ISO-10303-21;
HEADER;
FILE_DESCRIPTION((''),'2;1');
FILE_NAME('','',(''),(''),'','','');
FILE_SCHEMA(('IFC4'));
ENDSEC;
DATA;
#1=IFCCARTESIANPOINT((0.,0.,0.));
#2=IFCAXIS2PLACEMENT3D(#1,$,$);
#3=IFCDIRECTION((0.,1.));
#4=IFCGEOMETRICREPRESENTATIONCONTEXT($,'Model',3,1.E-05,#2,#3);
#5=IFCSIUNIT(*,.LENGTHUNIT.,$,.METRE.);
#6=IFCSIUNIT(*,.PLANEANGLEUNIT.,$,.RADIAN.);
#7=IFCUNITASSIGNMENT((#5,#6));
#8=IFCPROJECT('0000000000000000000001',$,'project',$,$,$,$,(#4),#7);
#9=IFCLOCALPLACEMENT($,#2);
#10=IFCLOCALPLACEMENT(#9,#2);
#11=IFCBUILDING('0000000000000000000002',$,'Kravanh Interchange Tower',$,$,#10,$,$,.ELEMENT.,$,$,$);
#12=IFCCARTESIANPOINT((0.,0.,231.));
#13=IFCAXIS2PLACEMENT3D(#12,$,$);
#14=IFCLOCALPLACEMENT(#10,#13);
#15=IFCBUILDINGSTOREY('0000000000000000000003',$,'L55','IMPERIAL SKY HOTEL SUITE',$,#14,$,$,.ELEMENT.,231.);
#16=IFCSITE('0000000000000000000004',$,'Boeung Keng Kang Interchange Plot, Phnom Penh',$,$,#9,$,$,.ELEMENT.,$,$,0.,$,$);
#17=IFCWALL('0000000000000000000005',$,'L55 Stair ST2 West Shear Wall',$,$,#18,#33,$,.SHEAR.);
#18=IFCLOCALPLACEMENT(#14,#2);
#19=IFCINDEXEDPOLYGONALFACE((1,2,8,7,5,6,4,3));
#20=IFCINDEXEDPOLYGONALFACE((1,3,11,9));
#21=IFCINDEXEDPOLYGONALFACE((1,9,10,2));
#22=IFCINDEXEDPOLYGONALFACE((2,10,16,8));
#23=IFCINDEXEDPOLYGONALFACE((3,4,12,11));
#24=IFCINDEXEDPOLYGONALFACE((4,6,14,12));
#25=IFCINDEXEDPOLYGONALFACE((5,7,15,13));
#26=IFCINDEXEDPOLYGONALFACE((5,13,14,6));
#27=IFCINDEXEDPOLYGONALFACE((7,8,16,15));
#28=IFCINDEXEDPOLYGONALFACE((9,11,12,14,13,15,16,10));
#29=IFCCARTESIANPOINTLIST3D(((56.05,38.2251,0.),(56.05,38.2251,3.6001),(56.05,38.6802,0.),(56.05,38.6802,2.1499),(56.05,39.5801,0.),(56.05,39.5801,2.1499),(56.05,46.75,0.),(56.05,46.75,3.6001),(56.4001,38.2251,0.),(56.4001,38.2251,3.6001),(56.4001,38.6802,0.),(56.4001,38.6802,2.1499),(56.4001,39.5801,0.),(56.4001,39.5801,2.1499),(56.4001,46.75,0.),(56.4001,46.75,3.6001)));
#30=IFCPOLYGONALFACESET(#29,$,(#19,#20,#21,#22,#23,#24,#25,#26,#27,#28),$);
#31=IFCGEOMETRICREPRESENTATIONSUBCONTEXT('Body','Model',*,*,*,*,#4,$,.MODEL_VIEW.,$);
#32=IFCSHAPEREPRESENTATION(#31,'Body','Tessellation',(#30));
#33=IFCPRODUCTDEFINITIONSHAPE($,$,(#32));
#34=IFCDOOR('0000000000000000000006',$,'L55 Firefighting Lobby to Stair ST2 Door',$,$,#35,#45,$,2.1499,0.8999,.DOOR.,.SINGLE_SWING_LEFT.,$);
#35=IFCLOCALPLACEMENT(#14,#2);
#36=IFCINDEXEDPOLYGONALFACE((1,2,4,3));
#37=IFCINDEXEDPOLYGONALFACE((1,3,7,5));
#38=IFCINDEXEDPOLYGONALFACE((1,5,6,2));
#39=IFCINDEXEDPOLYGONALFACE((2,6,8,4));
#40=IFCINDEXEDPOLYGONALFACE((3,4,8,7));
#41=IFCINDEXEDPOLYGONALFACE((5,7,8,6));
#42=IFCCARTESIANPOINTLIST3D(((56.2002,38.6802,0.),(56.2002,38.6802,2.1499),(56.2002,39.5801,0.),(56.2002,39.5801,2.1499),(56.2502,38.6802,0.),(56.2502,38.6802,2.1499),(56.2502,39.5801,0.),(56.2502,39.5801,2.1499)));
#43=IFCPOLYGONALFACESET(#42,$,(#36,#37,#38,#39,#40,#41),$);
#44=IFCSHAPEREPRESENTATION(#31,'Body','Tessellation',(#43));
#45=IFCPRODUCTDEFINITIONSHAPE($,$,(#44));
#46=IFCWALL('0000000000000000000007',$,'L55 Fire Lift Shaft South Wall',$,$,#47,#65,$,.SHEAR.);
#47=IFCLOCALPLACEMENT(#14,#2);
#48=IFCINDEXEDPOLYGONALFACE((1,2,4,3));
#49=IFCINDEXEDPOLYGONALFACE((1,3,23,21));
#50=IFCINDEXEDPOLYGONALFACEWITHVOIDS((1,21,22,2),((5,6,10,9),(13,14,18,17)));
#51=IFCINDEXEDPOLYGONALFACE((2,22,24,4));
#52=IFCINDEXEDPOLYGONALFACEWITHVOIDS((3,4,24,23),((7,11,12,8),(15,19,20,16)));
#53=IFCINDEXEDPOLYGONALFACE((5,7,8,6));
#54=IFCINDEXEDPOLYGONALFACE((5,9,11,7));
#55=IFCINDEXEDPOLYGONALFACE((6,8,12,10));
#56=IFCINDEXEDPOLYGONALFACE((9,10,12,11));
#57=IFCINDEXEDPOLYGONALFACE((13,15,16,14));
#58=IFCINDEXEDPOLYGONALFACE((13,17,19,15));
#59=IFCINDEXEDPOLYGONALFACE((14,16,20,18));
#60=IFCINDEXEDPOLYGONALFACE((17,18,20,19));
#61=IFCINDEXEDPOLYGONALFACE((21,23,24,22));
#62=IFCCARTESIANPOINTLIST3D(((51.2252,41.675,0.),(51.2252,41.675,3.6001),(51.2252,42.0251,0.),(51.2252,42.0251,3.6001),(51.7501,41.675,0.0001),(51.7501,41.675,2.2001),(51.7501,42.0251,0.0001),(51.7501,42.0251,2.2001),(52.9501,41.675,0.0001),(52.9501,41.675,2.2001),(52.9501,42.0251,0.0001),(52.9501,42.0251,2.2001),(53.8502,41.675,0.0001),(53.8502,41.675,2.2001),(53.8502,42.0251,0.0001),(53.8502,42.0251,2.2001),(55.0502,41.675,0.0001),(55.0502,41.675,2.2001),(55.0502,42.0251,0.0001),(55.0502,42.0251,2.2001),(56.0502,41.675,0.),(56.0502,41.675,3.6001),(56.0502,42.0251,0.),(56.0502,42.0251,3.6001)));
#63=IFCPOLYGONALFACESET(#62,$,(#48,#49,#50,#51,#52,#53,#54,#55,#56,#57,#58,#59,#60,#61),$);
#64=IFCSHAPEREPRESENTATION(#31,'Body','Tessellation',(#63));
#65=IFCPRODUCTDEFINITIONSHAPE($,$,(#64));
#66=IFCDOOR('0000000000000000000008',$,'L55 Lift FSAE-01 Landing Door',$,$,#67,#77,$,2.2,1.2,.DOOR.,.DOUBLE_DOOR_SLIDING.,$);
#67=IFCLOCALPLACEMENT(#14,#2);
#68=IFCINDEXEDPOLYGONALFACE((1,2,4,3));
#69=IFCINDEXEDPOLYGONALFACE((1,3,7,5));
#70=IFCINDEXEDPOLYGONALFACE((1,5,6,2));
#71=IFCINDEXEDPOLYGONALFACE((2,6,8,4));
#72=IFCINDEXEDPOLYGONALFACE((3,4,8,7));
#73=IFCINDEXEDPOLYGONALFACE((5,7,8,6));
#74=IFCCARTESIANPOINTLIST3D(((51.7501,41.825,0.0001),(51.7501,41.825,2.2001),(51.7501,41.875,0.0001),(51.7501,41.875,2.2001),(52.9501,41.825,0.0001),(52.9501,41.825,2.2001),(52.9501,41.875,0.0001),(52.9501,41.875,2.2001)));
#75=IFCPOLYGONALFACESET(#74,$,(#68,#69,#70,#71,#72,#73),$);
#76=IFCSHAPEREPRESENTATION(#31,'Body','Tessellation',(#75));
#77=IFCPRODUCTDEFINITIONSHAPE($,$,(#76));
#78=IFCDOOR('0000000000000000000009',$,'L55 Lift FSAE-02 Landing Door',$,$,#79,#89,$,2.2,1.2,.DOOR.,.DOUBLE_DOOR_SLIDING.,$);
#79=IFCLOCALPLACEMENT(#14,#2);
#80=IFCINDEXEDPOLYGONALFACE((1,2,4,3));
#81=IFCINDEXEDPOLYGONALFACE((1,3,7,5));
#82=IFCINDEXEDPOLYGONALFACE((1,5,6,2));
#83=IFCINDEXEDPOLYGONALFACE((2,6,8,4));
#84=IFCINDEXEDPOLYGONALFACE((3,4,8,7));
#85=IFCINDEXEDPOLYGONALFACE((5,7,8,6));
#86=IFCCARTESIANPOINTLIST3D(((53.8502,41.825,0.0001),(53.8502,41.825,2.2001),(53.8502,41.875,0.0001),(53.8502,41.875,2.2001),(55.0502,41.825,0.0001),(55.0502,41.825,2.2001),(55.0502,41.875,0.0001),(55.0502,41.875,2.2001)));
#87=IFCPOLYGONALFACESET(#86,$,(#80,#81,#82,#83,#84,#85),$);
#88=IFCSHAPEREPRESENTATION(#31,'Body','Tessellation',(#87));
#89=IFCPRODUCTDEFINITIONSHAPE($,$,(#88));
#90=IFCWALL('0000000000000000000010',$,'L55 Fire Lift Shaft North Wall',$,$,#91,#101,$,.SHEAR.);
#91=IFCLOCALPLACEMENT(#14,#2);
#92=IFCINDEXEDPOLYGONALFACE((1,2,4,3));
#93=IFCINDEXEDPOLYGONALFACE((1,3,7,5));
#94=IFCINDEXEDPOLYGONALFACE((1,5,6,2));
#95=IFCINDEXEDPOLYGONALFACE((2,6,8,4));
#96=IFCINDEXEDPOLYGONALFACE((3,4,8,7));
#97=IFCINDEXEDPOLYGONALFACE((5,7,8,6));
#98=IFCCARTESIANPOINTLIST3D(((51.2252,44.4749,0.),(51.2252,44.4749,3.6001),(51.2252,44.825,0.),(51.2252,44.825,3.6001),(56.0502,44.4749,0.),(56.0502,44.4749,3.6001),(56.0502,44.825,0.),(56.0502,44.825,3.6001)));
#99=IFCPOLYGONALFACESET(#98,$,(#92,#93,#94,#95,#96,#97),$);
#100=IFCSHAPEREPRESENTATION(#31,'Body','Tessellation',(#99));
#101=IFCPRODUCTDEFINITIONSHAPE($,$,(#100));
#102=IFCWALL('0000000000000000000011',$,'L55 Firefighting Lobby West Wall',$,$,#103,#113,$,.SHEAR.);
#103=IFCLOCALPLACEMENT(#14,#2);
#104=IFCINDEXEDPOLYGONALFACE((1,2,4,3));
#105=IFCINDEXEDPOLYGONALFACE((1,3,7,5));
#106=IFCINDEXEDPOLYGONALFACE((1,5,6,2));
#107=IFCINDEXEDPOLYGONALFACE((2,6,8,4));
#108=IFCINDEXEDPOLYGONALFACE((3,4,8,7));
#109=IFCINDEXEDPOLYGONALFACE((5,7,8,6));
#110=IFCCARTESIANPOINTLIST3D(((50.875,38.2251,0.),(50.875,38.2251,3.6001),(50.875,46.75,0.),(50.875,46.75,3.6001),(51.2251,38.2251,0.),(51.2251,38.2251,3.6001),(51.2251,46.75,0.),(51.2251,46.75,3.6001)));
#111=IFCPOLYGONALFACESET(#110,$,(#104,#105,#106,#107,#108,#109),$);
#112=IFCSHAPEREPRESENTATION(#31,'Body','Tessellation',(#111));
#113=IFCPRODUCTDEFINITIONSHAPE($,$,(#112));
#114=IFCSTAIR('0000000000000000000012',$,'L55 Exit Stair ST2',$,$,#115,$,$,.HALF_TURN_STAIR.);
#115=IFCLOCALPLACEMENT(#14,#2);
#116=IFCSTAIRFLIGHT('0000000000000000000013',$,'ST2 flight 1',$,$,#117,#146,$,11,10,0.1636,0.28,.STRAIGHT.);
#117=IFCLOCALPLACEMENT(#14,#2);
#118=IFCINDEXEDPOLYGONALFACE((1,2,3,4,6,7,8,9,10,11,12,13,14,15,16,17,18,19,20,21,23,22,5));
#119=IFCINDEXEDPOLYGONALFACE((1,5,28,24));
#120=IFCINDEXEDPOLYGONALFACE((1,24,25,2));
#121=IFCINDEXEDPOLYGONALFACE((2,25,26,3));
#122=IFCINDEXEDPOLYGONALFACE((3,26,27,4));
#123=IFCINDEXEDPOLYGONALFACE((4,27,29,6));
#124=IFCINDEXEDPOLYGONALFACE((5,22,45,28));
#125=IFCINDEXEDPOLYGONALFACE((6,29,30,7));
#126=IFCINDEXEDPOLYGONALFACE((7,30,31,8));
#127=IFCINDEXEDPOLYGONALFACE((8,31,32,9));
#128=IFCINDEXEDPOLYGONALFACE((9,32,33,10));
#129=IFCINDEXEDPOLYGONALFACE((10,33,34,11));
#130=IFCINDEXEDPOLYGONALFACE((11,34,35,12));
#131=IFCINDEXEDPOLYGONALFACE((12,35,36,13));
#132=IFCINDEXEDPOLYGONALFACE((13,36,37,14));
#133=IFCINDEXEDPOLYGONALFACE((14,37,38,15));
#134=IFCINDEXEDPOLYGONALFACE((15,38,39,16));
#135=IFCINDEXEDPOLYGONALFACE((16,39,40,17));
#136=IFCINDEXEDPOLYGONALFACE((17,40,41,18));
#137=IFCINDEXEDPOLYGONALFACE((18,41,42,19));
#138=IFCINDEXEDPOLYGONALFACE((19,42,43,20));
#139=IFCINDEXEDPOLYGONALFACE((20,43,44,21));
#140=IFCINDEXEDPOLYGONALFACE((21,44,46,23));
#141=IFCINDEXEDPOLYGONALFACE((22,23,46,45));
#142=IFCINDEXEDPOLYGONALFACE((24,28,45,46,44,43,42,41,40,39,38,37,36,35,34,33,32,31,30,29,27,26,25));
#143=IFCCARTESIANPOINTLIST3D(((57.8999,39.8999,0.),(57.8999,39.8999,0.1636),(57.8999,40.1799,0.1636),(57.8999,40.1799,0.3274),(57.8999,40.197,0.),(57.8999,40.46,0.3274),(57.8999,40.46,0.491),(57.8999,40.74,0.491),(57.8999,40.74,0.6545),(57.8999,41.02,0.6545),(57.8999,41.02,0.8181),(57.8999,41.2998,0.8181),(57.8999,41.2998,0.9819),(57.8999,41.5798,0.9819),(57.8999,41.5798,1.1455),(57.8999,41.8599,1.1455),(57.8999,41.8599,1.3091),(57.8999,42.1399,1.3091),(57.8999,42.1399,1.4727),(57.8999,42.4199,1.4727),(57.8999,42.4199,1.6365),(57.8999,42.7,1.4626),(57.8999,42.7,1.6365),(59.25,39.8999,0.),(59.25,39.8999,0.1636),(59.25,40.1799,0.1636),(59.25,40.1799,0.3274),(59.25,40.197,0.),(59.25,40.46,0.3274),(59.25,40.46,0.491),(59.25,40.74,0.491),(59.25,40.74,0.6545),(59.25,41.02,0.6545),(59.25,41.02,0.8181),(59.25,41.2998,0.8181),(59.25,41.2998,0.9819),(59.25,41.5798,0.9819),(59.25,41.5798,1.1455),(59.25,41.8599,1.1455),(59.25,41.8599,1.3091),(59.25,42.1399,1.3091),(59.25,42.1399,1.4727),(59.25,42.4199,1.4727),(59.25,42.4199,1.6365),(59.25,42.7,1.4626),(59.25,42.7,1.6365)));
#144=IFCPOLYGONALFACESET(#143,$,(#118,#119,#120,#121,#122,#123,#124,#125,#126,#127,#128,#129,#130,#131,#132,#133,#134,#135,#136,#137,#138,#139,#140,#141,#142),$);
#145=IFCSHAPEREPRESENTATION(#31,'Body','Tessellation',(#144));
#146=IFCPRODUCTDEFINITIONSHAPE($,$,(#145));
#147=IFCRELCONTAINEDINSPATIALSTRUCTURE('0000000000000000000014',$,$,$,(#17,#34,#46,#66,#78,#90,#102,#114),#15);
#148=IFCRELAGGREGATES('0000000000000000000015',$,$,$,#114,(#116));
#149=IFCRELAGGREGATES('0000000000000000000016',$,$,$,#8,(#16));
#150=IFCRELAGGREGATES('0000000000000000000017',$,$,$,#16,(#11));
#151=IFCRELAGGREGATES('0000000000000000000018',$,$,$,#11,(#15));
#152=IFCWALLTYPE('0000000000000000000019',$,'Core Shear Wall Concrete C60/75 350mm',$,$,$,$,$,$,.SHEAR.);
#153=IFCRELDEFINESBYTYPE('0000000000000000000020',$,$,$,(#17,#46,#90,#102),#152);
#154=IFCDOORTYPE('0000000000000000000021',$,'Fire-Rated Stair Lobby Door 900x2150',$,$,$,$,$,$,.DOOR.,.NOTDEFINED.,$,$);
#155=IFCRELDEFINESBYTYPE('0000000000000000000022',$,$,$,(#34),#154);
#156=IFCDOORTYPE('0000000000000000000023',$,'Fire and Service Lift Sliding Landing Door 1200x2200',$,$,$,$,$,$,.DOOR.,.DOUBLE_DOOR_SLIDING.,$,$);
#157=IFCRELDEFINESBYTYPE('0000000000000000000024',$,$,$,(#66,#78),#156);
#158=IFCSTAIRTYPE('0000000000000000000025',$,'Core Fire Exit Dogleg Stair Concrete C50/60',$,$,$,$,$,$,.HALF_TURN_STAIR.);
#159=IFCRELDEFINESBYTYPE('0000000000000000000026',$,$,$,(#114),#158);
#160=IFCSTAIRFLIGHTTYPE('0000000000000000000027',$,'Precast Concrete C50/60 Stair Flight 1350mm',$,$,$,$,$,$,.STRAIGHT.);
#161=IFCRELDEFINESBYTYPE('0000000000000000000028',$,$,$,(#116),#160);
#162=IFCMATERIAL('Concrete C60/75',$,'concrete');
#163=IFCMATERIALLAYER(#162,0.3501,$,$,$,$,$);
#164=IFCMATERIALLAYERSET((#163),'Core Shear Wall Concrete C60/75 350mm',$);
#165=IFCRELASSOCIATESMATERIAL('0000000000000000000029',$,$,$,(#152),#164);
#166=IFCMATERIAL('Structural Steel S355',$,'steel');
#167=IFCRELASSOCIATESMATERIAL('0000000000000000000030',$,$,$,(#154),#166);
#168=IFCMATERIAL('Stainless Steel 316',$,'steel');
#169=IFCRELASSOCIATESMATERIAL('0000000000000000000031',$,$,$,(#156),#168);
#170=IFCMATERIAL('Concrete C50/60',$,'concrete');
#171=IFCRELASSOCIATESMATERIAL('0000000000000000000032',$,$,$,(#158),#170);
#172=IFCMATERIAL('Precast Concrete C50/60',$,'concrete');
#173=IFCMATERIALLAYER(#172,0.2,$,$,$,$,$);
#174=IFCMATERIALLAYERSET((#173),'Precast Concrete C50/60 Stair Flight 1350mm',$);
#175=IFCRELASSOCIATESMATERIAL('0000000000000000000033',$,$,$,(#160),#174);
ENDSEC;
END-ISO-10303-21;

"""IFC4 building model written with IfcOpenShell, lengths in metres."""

from ifc_helpers import new_model, si_unit, direction, frame, frame_2d, origin, place, context, subcontext, project, spatial, polyline, rectangle, outline, extrude, material, layer, layer_set, type_object, element, fill, aggregate, save


model = new_model("IFC4")

# Units and contexts
model_context = context("Model", 3, precision=1e-05, world=origin(), true_north=direction((0.0, 1.0)))
body_context = subcontext(model_context, "Body", "Model", "MODEL_VIEW")
ifc_project = project(units=[si_unit("LENGTHUNIT", "METRE"), si_unit("PLANEANGLEUNIT", "RADIAN")], contexts=[model_context])

# Site, building, storey
site_placement = place(None, origin())
site = spatial("IfcSite", under=ifc_project, at=site_placement, Name="Boeung Keng Kang Interchange Plot, Phnom Penh", CompositionType="ELEMENT", RefElevation=0.0)
building_placement = place(site_placement, origin())
building = spatial("IfcBuilding", under=site, at=building_placement, Name="Kravanh Interchange Tower", CompositionType="ELEMENT")
storey_placement = place(building_placement, frame((0.0, 0.0, 231.0)))
storey = spatial("IfcBuildingStorey", under=building, at=storey_placement, Name="L55", Description="IMPERIAL SKY HOTEL SUITE", CompositionType="ELEMENT", Elevation=231.0)

# Wall, opening, door
ifc_material_1 = material(Name="Concrete C60/75", Category="concrete")
ifc_layer_1 = layer(ifc_material_1, 0.3501)
ifc_layer_set_1 = layer_set([ifc_layer_1], Name="Core Shear Wall Concrete C60/75 350mm")
wall_type_1 = type_object("IfcWallType", Name="Core Shear Wall Concrete C60/75 350mm", PredefinedType="SHEAR", material=ifc_layer_set_1)
wall_1_placement = place(storey_placement, frame((56.2251, 38.2251, 0.0), z_axis=(0.0, 0.0, 1.0), x_axis=(0.0, 1.0, 0.0)))
wall_1 = element("IfcWall", 1, at=wall_1_placement, inside=storey, type_object=wall_type_1, Name="L55 Stair ST2 West Shear Wall", PredefinedType="SHEAR", context=body_context, shape_type="SweptSolid", body=[
    extrude(rectangle(XDim=8.5249, YDim=0.3501, at=frame_2d((4.2625, 0.0))), origin(), (0.0, 0.0, 1.0), 3.6001),
])
opening_1_placement = place(wall_1_placement, frame((0.4551, 0.0, 0.0)))
opening_1 = element("IfcOpeningElement", 2, at=opening_1_placement, cuts=wall_1, PredefinedType="OPENING", context=body_context, shape_type="SweptSolid", body=[
    extrude(rectangle(XDim=0.8999, YDim=2.1499, at=frame_2d((0.45, 1.075))), frame((0.0, 0.1851, 0.0), z_axis=(0.0, -1.0, 0.0), x_axis=(1.0, 0.0, 0.0)), (0.0, 0.0, 1.0), 0.3701),
])
ifc_material_2 = material(Name="Structural Steel S355", Category="steel")
door_type_1 = type_object("IfcDoorType", Name="Fire-Rated Stair Lobby Door 900x2150", OperationType="NOTDEFINED", PredefinedType="DOOR", material=ifc_material_2)
door_1_placement = place(opening_1_placement, origin())
door_1 = element("IfcDoor", 3, at=door_1_placement, inside=storey, type_object=door_type_1, Name="L55 Firefighting Lobby to Stair ST2 Door", OperationType="SINGLE_SWING_LEFT", OverallHeight=2.1499, OverallWidth=0.8999, PredefinedType="DOOR", context=body_context, shape_type="SweptSolid", body=[
    extrude(rectangle(XDim=0.8999, YDim=2.1499, at=frame_2d((0.45, 1.075))), frame((0.0, 0.0249, 0.0), z_axis=(0.0, -1.0, 0.0), x_axis=(1.0, 0.0, 0.0)), (0.0, 0.0, 1.0), 0.05),
])
fill(opening_1, door_1)

# Wall, openings, doors
wall_2_placement = place(storey_placement, frame((51.2251, 41.8501, 0.0), z_axis=(0.0, 0.0, 1.0), x_axis=(1.0, 0.0, 0.0)))
wall_2 = element("IfcWall", 4, at=wall_2_placement, inside=storey, type_object=wall_type_1, Name="L55 Fire Lift Shaft South Wall", PredefinedType="SHEAR", context=body_context, shape_type="SweptSolid", body=[
    extrude(rectangle(XDim=4.825, YDim=0.3501, at=frame_2d((2.4126, 0.0))), origin(), (0.0, 0.0, 1.0), 3.6001),
])
opening_2_placement = place(wall_2_placement, frame((0.5249, 0.0, 0.0)))
opening_2 = element("IfcOpeningElement", 5, at=opening_2_placement, cuts=wall_2, PredefinedType="OPENING", context=body_context, shape_type="SweptSolid", body=[
    extrude(rectangle(XDim=1.2, YDim=2.2, at=frame_2d((0.6001, 1.1001))), frame((0.0, 0.1851, 0.0), z_axis=(0.0, -1.0, 0.0), x_axis=(1.0, 0.0, 0.0)), (0.0, 0.0, 1.0), 0.3701),
])
opening_3_placement = place(wall_2_placement, frame((2.625, 0.0, 0.0)))
opening_3 = element("IfcOpeningElement", 6, at=opening_3_placement, cuts=wall_2, PredefinedType="OPENING", context=body_context, shape_type="SweptSolid", body=[
    extrude(rectangle(XDim=1.2, YDim=2.2, at=frame_2d((0.6001, 1.1001))), frame((0.0, 0.1851, 0.0), z_axis=(0.0, -1.0, 0.0), x_axis=(1.0, 0.0, 0.0)), (0.0, 0.0, 1.0), 0.3701),
])
ifc_material_3 = material(Name="Stainless Steel 316", Category="steel")
door_type_2 = type_object("IfcDoorType", Name="Fire and Service Lift Sliding Landing Door 1200x2200", OperationType="DOUBLE_DOOR_SLIDING", PredefinedType="DOOR", material=ifc_material_3)
door_2_placement = place(opening_2_placement, origin())
door_2 = element("IfcDoor", 7, at=door_2_placement, inside=storey, type_object=door_type_2, Name="L55 Lift FSAE-01 Landing Door", OperationType="DOUBLE_DOOR_SLIDING", OverallHeight=2.2, OverallWidth=1.2, PredefinedType="DOOR", context=body_context, shape_type="SweptSolid", body=[
    extrude(rectangle(XDim=1.2, YDim=2.2, at=frame_2d((0.6001, 1.1001))), frame((0.0, 0.0249, 0.0), z_axis=(0.0, -1.0, 0.0), x_axis=(1.0, 0.0, 0.0)), (0.0, 0.0, 1.0), 0.05),
])
fill(opening_2, door_2)
door_3_placement = place(opening_3_placement, origin())
door_3 = element("IfcDoor", 8, at=door_3_placement, inside=storey, type_object=door_type_2, Name="L55 Lift FSAE-02 Landing Door", OperationType="DOUBLE_DOOR_SLIDING", OverallHeight=2.2, OverallWidth=1.2, PredefinedType="DOOR", context=body_context, shape_type="SweptSolid", body=[
    extrude(rectangle(XDim=1.2, YDim=2.2, at=frame_2d((0.6001, 1.1001))), frame((0.0, 0.0249, 0.0), z_axis=(0.0, -1.0, 0.0), x_axis=(1.0, 0.0, 0.0)), (0.0, 0.0, 1.0), 0.05),
])
fill(opening_3, door_3)

# Walls
wall_3_placement = place(storey_placement, frame((51.2251, 44.6499, 0.0), z_axis=(0.0, 0.0, 1.0), x_axis=(1.0, 0.0, 0.0)))
element("IfcWall", 9, at=wall_3_placement, inside=storey, type_object=wall_type_1, Name="L55 Fire Lift Shaft North Wall", PredefinedType="SHEAR", context=body_context, shape_type="SweptSolid", body=[
    extrude(rectangle(XDim=4.825, YDim=0.3501, at=frame_2d((2.4126, 0.0))), origin(), (0.0, 0.0, 1.0), 3.6001),
])
wall_4_placement = place(storey_placement, frame((51.05, 38.2251, 0.0), z_axis=(0.0, 0.0, 1.0), x_axis=(0.0, 1.0, 0.0)))
element("IfcWall", 10, at=wall_4_placement, inside=storey, type_object=wall_type_1, Name="L55 Firefighting Lobby West Wall", PredefinedType="SHEAR", context=body_context, shape_type="SweptSolid", body=[
    extrude(rectangle(XDim=8.5249, YDim=0.3501, at=frame_2d((4.2625, 0.0))), origin(), (0.0, 0.0, 1.0), 3.6001),
])

# Stair, stair flight
ifc_material_4 = material(Name="Concrete C50/60", Category="concrete")
stair_type = type_object("IfcStairType", Name="Core Fire Exit Dogleg Stair Concrete C50/60", PredefinedType="HALF_TURN_STAIR", material=ifc_material_4)
stair_placement = place(storey_placement, origin())
stair = element("IfcStair", 11, at=stair_placement, inside=storey, type_object=stair_type, Name="L55 Exit Stair ST2", PredefinedType="HALF_TURN_STAIR")
ifc_material_5 = material(Name="Precast Concrete C50/60", Category="concrete")
ifc_layer_2 = layer(ifc_material_5, 0.2)
ifc_layer_set_2 = layer_set([ifc_layer_2], Name="Precast Concrete C50/60 Stair Flight 1350mm")
stair_flight_type = type_object("IfcStairFlightType", Name="Precast Concrete C50/60 Stair Flight 1350mm", PredefinedType="STRAIGHT", material=ifc_layer_set_2)
stair_flight_1_placement = place(storey_placement, frame((58.575, 39.8999, 0.0), z_axis=(0.0, 0.0, 1.0), x_axis=(0.0, 1.0, 0.0)))
stair_flight_1 = element("IfcStairFlight", 12, at=stair_flight_1_placement, type_object=stair_flight_type, Name="ST2 flight 1", NumberOfRisers=11, NumberOfTreads=10, PredefinedType="STRAIGHT", RiserHeight=0.1636, TreadLength=0.28, context=body_context, shape_type="SweptSolid", body=[
    extrude(outline(polyline([(0.0, 0.0), (0.0, 0.1636), (0.28, 0.1636), (0.28, 0.3274), (0.5601, 0.3274), (0.5601, 0.491), (0.8401, 0.491), (0.8401, 0.6545), (1.1201, 0.6545), (1.1201, 0.8181), (1.3999, 0.8181), (1.3999, 0.9819), (1.6799, 0.9819), (1.6799, 1.1455), (1.96, 1.1455), (1.96, 1.3091), (2.24, 1.3091), (2.24, 1.4727), (2.52, 1.4727), (2.52, 1.6365), (2.8, 1.6365), (2.8, 1.8), (2.8, 1.4626), (0.2971, 0.0), (0.0, 0.0)])), frame((0.0, 0.675, 0.0), z_axis=(0.0, -1.0, 0.0), x_axis=(1.0, 0.0, 0.0)), (0.0, 0.0, 1.0), 1.3501),
])
aggregate(stair, [stair_flight_1])

save(model, "model.ifc")
